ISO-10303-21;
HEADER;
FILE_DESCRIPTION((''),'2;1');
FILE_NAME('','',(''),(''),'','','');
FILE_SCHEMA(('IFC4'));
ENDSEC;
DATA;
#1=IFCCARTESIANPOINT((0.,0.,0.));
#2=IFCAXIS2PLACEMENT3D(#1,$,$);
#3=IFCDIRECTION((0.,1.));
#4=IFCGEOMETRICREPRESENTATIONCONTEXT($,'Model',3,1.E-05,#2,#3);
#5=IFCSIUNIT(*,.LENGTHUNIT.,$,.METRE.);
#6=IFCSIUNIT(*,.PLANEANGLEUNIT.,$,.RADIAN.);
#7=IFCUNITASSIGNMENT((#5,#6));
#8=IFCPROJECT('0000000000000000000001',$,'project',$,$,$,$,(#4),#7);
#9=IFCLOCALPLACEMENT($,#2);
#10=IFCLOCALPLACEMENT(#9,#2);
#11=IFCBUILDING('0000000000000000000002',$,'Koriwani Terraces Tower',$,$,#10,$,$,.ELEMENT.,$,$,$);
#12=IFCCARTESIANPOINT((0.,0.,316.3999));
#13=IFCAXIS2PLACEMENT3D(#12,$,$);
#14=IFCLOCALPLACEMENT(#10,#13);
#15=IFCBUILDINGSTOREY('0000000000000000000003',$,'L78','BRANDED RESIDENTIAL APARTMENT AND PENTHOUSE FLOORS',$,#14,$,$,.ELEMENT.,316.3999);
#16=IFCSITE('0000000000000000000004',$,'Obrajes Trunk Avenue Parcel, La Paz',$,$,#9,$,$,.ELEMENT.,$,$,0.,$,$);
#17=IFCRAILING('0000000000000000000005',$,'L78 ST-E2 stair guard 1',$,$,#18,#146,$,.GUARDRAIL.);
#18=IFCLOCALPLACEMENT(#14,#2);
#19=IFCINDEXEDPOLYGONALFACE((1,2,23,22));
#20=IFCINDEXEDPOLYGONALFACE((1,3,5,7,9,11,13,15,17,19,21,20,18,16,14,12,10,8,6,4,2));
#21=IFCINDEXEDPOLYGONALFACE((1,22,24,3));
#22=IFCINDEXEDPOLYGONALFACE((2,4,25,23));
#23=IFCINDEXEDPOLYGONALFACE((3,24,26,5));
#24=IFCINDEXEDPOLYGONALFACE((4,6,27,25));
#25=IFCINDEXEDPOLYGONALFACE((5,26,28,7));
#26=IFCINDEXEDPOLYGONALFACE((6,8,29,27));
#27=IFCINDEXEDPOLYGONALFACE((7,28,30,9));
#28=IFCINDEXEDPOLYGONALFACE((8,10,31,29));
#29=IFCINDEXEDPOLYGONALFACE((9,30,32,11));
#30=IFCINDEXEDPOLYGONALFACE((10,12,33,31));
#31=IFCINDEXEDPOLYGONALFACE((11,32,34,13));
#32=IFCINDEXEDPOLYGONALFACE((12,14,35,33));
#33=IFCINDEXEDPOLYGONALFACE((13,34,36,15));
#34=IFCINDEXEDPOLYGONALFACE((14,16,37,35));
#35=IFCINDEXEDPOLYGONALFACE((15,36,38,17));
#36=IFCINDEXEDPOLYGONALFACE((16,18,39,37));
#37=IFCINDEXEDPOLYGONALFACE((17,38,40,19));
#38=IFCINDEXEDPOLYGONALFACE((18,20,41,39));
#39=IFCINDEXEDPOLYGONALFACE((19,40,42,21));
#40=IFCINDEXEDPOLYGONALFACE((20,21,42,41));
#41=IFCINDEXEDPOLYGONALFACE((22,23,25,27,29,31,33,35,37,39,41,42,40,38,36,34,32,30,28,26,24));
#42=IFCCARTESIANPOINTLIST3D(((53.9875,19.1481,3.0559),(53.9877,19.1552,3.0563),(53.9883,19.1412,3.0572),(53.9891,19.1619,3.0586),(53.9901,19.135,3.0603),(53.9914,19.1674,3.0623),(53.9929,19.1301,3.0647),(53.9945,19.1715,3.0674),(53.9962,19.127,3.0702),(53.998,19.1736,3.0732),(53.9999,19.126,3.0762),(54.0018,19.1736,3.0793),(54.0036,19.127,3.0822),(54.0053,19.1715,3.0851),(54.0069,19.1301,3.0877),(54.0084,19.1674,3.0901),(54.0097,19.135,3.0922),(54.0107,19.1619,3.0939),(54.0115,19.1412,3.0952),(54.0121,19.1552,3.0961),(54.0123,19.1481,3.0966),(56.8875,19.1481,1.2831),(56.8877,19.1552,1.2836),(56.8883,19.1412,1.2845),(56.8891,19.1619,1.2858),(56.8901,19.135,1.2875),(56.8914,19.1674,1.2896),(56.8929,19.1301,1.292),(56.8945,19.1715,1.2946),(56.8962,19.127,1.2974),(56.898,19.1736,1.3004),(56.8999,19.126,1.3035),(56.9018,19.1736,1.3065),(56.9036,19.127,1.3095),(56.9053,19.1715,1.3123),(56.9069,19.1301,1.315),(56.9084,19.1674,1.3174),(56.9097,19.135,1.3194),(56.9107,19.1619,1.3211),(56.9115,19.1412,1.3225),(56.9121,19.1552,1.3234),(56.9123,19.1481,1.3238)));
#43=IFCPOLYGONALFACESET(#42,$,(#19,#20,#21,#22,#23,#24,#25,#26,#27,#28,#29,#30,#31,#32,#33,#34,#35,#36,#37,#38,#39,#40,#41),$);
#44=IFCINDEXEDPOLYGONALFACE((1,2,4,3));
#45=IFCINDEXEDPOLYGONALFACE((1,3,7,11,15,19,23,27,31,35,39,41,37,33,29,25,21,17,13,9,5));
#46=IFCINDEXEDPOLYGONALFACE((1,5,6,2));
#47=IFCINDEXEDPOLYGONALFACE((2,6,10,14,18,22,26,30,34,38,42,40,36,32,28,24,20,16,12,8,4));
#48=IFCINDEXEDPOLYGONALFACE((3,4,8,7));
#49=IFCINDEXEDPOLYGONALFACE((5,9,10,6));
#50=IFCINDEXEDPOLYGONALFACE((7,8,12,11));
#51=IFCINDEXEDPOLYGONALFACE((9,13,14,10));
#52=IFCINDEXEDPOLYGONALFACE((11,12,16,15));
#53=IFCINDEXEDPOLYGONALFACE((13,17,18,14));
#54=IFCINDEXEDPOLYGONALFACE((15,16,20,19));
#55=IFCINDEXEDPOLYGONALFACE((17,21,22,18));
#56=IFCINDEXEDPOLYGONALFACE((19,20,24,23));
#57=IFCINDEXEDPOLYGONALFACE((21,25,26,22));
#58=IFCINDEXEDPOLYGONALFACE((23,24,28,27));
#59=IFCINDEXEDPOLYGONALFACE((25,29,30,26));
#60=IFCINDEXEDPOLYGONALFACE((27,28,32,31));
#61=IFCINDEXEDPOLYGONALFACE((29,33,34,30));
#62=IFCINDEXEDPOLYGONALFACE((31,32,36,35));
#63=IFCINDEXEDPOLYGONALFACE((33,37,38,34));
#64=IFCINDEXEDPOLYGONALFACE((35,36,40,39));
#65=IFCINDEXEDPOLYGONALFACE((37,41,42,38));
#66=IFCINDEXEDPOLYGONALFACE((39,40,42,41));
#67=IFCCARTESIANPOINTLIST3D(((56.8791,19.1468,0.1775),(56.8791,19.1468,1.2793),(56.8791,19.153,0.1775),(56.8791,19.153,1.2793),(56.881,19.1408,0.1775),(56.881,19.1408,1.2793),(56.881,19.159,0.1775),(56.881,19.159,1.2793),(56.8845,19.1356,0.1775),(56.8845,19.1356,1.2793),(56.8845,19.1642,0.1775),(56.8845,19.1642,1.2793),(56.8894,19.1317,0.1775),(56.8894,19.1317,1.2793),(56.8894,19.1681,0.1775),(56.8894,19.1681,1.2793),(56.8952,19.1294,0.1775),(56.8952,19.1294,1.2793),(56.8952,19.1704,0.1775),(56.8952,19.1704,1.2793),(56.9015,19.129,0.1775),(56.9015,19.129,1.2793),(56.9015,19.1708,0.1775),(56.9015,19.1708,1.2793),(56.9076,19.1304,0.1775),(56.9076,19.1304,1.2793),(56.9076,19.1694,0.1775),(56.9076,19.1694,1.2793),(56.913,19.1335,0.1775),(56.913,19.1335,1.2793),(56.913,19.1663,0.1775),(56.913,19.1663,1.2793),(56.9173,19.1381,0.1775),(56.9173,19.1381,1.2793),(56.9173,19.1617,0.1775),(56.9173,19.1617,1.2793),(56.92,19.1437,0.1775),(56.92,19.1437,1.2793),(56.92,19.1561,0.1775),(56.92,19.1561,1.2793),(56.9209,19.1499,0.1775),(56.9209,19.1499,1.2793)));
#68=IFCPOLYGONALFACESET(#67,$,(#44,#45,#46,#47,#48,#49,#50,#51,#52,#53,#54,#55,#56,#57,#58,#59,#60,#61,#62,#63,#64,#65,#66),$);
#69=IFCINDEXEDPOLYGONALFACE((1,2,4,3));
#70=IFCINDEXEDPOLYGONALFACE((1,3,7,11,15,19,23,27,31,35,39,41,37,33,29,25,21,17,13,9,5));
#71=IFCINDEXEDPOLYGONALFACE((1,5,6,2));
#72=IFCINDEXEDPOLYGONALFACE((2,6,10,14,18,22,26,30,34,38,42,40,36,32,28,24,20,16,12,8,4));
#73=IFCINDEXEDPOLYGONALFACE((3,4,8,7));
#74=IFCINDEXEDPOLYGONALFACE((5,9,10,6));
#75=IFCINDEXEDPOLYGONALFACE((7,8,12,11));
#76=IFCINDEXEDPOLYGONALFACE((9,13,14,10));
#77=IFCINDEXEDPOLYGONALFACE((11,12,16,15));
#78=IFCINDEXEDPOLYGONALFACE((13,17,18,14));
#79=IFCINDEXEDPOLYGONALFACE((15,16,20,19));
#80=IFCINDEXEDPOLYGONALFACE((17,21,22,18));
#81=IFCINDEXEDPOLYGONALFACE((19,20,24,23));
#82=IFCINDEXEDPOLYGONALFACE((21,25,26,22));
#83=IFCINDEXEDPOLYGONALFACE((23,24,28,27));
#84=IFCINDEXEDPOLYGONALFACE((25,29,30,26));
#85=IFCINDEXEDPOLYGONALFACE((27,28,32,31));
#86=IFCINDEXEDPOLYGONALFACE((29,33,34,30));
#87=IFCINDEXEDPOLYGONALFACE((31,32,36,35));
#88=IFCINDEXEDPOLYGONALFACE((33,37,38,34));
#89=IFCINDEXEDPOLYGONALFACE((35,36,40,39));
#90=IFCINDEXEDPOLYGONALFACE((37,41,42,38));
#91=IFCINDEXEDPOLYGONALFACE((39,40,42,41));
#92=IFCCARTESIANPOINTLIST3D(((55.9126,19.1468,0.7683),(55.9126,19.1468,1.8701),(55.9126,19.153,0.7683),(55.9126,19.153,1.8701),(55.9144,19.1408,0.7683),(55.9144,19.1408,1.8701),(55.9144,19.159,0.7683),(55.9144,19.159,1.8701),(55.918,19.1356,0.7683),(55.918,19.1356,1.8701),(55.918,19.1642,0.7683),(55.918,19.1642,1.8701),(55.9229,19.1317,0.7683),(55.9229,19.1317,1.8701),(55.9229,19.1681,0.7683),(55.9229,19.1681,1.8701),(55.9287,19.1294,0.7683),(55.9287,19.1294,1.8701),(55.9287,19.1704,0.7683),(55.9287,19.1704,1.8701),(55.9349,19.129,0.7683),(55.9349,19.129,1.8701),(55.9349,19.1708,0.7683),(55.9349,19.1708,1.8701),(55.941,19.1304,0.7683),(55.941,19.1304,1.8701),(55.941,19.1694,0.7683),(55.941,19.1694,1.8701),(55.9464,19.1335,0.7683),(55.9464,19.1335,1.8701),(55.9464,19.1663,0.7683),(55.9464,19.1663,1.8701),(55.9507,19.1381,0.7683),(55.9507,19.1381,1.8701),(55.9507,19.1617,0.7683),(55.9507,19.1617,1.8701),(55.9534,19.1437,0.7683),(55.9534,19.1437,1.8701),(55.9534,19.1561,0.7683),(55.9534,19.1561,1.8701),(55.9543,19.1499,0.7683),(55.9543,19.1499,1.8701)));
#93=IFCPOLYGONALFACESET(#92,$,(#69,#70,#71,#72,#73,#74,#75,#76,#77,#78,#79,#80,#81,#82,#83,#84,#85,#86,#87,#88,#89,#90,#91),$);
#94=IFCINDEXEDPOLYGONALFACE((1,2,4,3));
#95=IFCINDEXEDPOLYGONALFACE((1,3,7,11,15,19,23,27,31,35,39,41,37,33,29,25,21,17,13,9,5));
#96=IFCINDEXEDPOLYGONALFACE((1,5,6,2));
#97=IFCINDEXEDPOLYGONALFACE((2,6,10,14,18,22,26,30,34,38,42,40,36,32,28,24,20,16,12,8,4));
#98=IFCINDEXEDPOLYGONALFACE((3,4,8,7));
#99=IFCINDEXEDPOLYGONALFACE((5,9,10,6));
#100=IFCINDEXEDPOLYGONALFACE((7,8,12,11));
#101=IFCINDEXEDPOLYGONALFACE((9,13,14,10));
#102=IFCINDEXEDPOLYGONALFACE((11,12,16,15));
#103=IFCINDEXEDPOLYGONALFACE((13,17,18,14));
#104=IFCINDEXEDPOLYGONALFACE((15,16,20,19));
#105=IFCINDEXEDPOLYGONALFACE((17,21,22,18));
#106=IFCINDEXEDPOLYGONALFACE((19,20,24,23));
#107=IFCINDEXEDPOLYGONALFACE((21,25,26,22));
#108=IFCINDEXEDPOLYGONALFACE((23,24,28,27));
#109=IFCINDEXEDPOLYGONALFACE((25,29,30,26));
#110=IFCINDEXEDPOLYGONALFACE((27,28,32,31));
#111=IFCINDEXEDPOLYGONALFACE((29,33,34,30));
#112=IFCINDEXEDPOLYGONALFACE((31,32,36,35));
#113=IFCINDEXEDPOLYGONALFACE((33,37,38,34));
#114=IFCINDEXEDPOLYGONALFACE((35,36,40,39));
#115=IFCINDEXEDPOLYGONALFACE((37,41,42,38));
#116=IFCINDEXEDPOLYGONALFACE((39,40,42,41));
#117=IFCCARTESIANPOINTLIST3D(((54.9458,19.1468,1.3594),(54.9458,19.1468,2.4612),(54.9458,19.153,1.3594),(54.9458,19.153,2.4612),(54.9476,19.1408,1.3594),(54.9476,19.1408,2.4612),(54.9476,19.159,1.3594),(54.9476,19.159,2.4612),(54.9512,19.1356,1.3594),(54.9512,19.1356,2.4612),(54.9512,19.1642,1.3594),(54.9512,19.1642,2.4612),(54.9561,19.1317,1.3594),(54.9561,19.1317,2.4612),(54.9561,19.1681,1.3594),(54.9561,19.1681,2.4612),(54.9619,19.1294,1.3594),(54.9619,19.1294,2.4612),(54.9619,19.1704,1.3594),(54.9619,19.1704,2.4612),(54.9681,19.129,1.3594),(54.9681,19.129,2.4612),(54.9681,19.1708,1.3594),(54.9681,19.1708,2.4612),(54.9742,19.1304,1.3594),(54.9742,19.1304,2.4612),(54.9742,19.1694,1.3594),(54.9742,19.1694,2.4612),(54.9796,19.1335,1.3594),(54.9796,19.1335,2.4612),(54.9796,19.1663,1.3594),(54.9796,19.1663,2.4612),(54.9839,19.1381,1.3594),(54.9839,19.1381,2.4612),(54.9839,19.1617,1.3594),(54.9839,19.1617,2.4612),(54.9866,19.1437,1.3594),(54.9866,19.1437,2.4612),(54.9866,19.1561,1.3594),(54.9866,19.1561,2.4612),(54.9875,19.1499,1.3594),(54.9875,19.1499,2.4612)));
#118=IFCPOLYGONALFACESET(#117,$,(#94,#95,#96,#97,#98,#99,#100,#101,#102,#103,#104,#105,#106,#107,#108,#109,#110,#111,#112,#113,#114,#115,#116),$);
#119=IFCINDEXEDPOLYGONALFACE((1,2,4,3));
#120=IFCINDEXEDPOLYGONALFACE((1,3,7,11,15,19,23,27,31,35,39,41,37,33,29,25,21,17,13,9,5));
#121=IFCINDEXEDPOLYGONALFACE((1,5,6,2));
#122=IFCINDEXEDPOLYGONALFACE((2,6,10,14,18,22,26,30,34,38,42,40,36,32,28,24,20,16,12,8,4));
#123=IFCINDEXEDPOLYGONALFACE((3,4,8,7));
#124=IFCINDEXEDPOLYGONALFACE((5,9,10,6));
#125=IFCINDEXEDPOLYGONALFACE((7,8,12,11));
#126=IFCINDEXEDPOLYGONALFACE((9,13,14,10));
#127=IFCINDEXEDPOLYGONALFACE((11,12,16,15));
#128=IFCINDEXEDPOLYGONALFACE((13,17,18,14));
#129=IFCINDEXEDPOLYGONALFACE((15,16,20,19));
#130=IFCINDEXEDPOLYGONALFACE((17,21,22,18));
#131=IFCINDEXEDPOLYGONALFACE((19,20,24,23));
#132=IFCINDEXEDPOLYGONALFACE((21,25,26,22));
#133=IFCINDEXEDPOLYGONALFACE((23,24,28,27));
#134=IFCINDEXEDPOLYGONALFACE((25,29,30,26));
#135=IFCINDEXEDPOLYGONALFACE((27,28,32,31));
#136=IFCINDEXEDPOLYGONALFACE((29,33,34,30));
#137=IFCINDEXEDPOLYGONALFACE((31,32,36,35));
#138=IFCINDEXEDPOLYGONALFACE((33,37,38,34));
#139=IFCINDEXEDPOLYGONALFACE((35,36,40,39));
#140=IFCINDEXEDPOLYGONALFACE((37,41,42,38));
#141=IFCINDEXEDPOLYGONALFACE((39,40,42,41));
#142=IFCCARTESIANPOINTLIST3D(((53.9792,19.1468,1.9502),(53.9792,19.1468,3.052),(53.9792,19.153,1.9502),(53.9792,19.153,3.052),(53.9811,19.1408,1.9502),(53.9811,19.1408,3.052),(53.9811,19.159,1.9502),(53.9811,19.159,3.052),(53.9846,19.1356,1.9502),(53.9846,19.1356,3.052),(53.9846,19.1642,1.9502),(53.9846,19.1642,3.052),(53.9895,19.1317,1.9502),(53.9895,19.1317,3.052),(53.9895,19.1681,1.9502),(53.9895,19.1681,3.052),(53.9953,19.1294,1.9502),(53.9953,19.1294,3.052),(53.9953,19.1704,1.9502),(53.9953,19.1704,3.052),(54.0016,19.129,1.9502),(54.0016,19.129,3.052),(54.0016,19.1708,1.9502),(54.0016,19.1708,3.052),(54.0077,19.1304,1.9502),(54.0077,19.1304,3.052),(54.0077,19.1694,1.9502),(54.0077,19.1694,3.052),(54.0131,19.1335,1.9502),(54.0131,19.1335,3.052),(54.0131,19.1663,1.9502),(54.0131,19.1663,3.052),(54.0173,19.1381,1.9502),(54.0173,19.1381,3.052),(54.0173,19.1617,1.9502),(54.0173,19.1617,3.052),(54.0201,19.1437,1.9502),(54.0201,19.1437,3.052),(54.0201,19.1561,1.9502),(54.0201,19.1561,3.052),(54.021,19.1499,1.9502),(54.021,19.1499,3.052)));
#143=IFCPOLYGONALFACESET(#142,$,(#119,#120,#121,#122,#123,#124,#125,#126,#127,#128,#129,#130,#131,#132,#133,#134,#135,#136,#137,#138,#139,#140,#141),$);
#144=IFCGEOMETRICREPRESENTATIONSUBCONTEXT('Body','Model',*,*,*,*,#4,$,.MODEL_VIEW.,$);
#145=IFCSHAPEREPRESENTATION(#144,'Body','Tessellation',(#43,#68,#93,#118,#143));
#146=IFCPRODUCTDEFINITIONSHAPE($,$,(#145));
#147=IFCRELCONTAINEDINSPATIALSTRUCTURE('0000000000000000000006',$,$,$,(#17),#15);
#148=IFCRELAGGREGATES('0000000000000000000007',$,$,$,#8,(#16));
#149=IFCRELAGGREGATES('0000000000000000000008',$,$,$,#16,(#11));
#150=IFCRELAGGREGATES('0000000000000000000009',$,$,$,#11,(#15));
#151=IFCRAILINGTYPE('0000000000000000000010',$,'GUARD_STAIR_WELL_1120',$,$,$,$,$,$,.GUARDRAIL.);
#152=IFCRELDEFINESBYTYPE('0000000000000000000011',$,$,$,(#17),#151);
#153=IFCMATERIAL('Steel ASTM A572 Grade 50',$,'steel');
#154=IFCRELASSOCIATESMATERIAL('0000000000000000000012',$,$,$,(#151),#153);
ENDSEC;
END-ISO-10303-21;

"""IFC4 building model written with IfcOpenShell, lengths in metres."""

from ifc_helpers import new_model, si_unit, direction, frame, origin, origin_2d, place, context, subcontext, project, spatial, circle, extrude, material, type_object, element, save


model = new_model("IFC4")

# Units and contexts
model_context = context("Model", 3, precision=1e-05, world=origin(), true_north=direction((0.0, 1.0)))
body_context = subcontext(model_context, "Body", "Model", "MODEL_VIEW")
ifc_project = project(units=[si_unit("LENGTHUNIT", "METRE"), si_unit("PLANEANGLEUNIT", "RADIAN")], contexts=[model_context])

# Site, building, storey
site_placement = place(None, origin())
site = spatial("IfcSite", under=ifc_project, at=site_placement, Name="Obrajes Trunk Avenue Parcel, La Paz", CompositionType="ELEMENT", RefElevation=0.0)
building_placement = place(site_placement, origin())
building = spatial("IfcBuilding", under=site, at=building_placement, Name="Koriwani Terraces Tower", CompositionType="ELEMENT")
storey_placement = place(building_placement, frame((0.0, 0.0, 316.3999)))
storey = spatial("IfcBuildingStorey", under=building, at=storey_placement, Name="L78", Description="BRANDED RESIDENTIAL APARTMENT AND PENTHOUSE FLOORS", CompositionType="ELEMENT", Elevation=316.3999)

# Shared definitions
ifc_material_1 = material(Name="Steel ASTM A572 Grade 50", Category="steel")

# Railing
railing_type = type_object("IfcRailingType", Name="GUARD_STAIR_WELL_1120", PredefinedType="GUARDRAIL", material=ifc_material_1)
railing_1_placement = place(storey_placement, frame((56.8999, 19.1499, 0.1775)))
element("IfcRailing", 1, at=railing_1_placement, inside=storey, type_object=railing_type, Name="L78 ST-E2 stair guard 1", PredefinedType="GUARDRAIL", context=body_context, shape_type="SweptSolid", body=[
    extrude(circle(Radius=0.0239, at=origin_2d()), frame((0.0, 0.0, 1.126), z_axis=(-0.853211, 0.0, 0.521566), x_axis=(0.0, -1.0, 0.0)), (0.0, 0.0, 1.0), 3.3989),
    extrude(circle(Radius=0.021, at=origin_2d()), origin(), (0.0, 0.0, 1.0), 1.1018),
    extrude(circle(Radius=0.021, at=origin_2d()), frame((-0.9666, 0.0, 0.5908)), (0.0, 0.0, 1.0), 1.1018),
    extrude(circle(Radius=0.021, at=origin_2d()), frame((-1.9333, 0.0, 1.1819)), (0.0, 0.0, 1.0), 1.1018),
    extrude(circle(Radius=0.021, at=origin_2d()), frame((-2.8999, 0.0, 1.7727)), (0.0, 0.0, 1.0), 1.1018),
])

save(model, "model.ifc")
